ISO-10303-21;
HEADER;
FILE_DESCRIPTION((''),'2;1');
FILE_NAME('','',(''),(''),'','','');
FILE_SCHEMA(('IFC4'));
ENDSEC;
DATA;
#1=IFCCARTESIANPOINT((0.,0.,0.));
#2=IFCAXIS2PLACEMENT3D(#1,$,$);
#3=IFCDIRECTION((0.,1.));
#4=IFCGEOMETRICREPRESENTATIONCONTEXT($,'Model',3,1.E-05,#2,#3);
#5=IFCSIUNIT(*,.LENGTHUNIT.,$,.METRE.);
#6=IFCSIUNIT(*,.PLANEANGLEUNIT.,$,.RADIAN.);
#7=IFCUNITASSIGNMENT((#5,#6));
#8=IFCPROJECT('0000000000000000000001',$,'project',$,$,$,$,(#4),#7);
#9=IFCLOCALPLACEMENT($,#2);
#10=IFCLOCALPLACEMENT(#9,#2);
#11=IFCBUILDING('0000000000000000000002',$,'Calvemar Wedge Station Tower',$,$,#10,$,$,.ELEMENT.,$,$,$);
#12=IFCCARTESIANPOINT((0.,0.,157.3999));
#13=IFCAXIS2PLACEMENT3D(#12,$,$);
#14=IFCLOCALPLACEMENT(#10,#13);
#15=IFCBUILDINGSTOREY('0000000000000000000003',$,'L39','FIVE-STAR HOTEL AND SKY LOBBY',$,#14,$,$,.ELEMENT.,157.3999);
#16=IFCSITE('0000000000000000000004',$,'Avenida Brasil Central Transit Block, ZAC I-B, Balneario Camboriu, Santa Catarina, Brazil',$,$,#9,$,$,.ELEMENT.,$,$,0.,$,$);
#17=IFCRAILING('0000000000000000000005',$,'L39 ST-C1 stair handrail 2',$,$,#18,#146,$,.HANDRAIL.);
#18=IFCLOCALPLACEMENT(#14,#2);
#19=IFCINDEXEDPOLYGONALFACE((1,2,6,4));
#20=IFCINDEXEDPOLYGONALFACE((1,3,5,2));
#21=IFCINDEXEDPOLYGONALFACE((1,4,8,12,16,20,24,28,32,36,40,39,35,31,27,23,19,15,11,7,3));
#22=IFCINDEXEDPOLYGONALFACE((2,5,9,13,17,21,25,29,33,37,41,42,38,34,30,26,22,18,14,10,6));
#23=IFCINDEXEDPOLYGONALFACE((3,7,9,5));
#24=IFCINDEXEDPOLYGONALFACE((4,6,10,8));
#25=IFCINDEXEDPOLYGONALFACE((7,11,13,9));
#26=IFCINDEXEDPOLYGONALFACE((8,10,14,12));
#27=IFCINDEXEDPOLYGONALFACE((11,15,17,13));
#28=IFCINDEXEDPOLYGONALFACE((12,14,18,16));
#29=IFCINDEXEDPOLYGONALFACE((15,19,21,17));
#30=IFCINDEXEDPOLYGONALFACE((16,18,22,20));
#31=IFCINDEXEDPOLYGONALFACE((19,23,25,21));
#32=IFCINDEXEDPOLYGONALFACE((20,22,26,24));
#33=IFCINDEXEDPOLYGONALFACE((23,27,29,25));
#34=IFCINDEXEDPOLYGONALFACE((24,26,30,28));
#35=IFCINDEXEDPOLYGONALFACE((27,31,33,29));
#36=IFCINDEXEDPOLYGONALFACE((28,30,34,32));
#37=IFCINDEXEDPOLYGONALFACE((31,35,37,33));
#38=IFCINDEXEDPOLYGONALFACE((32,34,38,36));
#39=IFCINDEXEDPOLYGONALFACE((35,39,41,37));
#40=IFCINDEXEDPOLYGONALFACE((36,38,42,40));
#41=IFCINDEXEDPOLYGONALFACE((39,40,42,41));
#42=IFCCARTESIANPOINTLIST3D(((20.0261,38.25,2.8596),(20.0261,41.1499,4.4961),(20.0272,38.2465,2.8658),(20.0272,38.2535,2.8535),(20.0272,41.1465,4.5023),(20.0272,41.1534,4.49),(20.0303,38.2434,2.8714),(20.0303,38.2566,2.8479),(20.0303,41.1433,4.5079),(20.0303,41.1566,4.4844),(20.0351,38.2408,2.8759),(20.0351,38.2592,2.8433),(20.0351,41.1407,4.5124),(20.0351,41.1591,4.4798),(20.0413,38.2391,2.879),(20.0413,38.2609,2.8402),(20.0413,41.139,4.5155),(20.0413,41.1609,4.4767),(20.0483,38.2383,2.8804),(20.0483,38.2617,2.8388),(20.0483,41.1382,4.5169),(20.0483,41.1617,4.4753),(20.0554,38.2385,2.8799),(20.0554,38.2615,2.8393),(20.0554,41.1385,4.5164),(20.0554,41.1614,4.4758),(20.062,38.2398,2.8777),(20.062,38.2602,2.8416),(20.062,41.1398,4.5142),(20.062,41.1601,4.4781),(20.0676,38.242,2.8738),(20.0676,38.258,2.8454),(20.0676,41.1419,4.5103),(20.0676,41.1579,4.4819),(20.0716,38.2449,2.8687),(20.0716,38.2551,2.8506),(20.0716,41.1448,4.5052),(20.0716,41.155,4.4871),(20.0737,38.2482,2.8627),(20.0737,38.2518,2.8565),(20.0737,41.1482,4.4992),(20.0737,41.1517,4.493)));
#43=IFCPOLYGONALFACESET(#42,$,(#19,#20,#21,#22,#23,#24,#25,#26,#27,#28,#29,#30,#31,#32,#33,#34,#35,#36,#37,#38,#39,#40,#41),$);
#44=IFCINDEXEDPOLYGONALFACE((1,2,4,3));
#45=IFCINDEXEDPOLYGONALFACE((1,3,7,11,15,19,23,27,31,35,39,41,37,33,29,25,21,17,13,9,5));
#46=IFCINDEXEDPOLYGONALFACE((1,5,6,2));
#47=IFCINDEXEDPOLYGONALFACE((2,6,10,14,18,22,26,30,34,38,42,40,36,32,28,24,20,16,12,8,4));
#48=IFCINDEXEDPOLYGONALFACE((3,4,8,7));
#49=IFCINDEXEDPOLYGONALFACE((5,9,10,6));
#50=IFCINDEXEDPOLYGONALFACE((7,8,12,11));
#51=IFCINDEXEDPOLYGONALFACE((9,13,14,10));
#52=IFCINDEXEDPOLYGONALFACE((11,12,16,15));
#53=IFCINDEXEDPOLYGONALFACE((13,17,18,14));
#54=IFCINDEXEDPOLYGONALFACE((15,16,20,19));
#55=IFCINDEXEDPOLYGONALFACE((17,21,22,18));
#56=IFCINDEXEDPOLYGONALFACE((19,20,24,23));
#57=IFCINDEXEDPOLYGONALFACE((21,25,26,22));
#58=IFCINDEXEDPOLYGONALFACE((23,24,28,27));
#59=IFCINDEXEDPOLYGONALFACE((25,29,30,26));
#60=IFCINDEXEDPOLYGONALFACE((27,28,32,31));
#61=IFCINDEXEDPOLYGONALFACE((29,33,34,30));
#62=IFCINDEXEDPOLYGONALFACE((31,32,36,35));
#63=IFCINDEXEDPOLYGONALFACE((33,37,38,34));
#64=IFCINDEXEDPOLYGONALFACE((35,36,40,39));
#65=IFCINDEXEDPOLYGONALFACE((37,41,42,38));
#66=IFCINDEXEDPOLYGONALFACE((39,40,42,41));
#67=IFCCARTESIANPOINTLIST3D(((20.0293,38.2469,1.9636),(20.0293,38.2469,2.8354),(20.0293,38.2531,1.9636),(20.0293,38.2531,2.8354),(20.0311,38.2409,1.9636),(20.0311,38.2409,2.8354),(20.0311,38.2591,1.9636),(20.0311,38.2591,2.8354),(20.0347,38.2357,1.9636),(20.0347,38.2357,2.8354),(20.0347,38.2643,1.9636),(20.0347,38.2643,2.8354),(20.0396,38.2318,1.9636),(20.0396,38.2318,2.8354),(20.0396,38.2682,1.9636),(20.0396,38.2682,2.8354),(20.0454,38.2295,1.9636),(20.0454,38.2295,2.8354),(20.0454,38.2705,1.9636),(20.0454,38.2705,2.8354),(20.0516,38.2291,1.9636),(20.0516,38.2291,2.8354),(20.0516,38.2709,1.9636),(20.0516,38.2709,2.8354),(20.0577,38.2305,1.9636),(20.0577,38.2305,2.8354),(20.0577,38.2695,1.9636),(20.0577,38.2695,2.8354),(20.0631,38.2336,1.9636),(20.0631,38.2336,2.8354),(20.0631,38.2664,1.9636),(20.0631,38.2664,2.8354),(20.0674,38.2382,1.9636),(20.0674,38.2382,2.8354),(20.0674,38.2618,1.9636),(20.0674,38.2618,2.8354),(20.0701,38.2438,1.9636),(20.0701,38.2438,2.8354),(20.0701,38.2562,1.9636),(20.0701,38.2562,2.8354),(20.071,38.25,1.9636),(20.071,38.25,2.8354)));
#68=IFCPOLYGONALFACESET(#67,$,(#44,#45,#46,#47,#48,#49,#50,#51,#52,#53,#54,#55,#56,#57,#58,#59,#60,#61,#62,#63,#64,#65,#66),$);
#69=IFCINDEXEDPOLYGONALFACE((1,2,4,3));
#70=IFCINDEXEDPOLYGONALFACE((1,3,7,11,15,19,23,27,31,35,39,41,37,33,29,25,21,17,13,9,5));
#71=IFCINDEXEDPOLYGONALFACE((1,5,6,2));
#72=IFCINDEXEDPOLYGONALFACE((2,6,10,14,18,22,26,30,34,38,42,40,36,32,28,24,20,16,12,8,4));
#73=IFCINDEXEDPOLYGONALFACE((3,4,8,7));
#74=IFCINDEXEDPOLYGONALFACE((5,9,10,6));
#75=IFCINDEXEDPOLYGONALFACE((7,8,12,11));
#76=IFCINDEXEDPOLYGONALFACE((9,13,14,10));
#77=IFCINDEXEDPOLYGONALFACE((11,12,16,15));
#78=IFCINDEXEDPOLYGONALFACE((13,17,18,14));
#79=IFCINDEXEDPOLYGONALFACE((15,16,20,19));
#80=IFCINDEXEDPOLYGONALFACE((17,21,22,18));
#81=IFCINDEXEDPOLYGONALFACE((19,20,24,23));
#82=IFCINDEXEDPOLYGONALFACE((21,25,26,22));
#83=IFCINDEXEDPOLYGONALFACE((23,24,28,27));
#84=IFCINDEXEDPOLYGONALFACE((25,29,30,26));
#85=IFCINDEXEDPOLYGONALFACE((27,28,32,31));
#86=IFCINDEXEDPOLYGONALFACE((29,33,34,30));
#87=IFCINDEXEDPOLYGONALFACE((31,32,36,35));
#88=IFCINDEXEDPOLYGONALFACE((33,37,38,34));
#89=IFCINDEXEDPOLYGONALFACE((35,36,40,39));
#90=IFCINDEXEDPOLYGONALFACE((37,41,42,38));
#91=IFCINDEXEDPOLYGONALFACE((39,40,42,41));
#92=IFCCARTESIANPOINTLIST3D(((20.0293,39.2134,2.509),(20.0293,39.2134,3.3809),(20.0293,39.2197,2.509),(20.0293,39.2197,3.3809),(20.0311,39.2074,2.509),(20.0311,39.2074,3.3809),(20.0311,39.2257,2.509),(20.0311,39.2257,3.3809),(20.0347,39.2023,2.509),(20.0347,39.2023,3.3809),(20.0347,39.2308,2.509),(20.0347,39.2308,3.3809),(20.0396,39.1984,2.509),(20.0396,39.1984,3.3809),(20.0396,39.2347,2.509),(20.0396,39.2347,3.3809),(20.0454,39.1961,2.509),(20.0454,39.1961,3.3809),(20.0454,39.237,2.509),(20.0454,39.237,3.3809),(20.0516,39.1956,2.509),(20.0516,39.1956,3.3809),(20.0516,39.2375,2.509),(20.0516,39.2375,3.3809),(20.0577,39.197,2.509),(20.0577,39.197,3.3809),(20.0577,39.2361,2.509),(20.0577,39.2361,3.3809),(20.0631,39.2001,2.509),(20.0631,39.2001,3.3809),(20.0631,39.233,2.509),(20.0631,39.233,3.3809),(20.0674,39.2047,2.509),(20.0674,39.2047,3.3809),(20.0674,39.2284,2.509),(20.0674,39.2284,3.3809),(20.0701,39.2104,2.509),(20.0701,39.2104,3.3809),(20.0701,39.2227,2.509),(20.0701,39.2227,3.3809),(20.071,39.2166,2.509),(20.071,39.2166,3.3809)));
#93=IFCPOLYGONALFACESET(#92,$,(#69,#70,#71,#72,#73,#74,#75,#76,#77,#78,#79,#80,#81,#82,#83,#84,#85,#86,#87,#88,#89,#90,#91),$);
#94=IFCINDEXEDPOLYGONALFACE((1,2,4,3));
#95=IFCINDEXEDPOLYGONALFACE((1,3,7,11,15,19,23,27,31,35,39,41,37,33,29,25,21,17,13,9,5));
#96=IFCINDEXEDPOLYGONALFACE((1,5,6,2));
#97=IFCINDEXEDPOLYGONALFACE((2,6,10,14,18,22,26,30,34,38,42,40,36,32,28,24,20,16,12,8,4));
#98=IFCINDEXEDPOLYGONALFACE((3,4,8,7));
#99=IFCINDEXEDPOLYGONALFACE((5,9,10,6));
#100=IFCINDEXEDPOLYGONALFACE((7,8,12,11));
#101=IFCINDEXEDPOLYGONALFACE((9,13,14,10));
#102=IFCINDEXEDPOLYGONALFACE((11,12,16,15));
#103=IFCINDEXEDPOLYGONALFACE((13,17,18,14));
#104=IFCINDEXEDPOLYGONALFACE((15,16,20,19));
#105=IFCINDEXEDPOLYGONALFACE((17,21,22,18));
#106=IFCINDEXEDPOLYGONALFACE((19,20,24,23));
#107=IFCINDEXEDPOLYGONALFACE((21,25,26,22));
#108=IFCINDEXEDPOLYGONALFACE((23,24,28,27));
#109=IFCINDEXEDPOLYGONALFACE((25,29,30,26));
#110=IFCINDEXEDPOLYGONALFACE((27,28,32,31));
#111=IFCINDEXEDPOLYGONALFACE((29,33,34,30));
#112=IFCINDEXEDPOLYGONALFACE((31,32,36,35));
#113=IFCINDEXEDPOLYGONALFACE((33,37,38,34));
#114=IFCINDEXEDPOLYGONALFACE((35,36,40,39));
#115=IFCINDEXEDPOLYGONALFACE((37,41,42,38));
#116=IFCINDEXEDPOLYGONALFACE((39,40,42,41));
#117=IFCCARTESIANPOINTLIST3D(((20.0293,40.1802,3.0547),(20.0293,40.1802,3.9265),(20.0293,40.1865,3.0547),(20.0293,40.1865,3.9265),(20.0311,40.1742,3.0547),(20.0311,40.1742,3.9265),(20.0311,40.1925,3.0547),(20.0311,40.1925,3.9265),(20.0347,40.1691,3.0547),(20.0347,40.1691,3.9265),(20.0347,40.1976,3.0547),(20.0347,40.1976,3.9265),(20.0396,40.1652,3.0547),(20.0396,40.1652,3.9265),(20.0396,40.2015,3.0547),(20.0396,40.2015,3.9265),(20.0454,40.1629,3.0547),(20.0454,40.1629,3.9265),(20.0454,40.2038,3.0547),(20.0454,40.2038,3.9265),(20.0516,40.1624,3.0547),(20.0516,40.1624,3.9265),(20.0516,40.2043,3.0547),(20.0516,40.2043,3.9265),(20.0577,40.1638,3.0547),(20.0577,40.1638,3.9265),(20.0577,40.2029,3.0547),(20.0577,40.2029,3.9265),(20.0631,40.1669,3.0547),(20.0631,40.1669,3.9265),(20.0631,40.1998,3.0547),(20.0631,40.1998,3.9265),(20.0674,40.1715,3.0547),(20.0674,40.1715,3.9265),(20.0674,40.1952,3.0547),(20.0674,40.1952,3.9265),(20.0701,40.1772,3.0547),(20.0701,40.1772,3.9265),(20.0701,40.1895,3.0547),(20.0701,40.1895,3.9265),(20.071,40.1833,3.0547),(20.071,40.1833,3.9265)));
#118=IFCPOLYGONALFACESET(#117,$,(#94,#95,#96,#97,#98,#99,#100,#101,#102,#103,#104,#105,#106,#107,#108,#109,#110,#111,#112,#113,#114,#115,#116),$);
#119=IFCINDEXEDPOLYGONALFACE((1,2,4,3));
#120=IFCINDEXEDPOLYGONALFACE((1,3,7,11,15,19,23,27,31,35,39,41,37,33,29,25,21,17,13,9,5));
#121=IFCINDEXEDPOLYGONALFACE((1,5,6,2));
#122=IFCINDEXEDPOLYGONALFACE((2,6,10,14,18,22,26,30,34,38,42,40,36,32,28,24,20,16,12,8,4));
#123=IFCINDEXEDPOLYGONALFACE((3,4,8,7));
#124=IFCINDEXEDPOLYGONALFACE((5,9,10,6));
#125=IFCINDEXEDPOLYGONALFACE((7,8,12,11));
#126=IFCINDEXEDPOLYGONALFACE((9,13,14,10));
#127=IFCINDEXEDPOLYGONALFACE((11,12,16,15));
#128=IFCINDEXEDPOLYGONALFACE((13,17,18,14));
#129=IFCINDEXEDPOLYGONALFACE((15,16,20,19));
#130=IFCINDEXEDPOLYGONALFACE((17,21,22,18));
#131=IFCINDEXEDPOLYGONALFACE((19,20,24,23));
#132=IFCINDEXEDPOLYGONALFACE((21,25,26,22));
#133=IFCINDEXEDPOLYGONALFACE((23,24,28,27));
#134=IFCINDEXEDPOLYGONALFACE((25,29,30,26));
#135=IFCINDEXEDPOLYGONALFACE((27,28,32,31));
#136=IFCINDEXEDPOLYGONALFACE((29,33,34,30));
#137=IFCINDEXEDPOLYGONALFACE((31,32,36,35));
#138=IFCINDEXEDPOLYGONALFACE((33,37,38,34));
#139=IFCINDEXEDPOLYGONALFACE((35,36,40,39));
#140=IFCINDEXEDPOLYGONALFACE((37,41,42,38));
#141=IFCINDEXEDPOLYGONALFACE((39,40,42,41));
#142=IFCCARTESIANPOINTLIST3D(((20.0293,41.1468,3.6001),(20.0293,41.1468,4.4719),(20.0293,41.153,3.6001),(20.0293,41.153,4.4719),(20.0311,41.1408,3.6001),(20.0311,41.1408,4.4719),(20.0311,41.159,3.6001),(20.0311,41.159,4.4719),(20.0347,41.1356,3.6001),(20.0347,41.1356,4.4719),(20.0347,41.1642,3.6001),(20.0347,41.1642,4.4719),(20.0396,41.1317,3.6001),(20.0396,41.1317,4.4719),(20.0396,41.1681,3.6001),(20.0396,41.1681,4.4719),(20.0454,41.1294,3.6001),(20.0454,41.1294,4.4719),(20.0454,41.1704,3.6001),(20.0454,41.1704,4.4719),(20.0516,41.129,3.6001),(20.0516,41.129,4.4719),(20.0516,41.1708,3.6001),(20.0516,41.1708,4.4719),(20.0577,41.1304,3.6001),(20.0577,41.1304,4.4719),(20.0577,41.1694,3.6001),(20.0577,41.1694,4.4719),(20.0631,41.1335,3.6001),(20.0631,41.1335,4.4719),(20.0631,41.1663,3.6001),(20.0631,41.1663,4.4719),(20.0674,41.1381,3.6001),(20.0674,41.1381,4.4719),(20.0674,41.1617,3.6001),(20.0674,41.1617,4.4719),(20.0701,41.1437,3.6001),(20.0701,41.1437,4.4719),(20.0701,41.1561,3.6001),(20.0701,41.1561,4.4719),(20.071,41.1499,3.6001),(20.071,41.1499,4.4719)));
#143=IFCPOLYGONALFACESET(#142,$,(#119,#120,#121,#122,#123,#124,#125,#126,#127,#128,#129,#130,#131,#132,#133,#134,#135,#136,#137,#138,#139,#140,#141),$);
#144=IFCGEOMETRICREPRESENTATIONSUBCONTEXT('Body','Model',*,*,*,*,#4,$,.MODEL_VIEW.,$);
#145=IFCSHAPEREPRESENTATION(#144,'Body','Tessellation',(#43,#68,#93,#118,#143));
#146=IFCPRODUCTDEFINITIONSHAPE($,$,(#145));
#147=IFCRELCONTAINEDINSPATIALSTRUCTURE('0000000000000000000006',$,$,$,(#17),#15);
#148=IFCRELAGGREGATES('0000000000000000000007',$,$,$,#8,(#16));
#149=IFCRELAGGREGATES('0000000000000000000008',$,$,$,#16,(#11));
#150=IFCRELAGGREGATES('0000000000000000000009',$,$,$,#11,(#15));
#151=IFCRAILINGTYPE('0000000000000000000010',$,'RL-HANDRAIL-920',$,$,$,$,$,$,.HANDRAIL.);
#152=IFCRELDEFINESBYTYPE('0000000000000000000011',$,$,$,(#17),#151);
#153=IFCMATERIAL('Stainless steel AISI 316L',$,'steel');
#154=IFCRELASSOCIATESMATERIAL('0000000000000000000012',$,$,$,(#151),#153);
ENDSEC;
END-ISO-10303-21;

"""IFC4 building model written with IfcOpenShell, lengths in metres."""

from ifc_helpers import new_model, si_unit, direction, frame, origin, origin_2d, place, context, subcontext, project, spatial, circle, extrude, material, type_object, element, save


model = new_model("IFC4")

# Units and contexts
model_context = context("Model", 3, precision=1e-05, world=origin(), true_north=direction((0.0, 1.0)))
body_context = subcontext(model_context, "Body", "Model", "MODEL_VIEW")
ifc_project = project(units=[si_unit("LENGTHUNIT", "METRE"), si_unit("PLANEANGLEUNIT", "RADIAN")], contexts=[model_context])

# Site, building, storey
site_placement = place(None, origin())
site = spatial("IfcSite", under=ifc_project, at=site_placement, Name="Avenida Brasil Central Transit Block, ZAC I-B, Balneario Camboriu, Santa Catarina, Brazil", CompositionType="ELEMENT", RefElevation=0.0)
building_placement = place(site_placement, origin())
building = spatial("IfcBuilding", under=site, at=building_placement, Name="Calvemar Wedge Station Tower", CompositionType="ELEMENT")
storey_placement = place(building_placement, frame((0.0, 0.0, 157.3999)))
storey = spatial("IfcBuildingStorey", under=building, at=storey_placement, Name="L39", Description="FIVE-STAR HOTEL AND SKY LOBBY", CompositionType="ELEMENT", Elevation=157.3999)

# Railing
ifc_material_1 = material(Name="Stainless steel AISI 316L", Category="steel")
railing_type_1 = type_object("IfcRailingType", Name="RL-HANDRAIL-920", PredefinedType="HANDRAIL", material=ifc_material_1)
railing_1_placement = place(storey_placement, frame((20.05, 38.25, 1.9636)))
element("IfcRailing", 1, at=railing_1_placement, inside=storey, type_object=railing_type_1, Name="L39 ST-C1 stair handrail 2", PredefinedType="HANDRAIL", context=body_context, shape_type="SweptSolid", body=[
    extrude(circle(Radius=0.0239, at=origin_2d()), frame((0.0, 0.0, 0.896), z_axis=(0.0, 0.870897, 0.491465), x_axis=(-1.0, 0.0, 0.0)), (0.0, 0.0, 1.0), 3.3298),
    extrude(circle(Radius=0.021, at=origin_2d()), origin(), (0.0, 0.0, 1.0), 0.8718),
    extrude(circle(Radius=0.021, at=origin_2d()), frame((0.0, 0.9666, 0.5454)), (0.0, 0.0, 1.0), 0.8718),
    extrude(circle(Radius=0.021, at=origin_2d()), frame((0.0, 1.9333, 1.0911)), (0.0, 0.0, 1.0), 0.8718),
    extrude(circle(Radius=0.021, at=origin_2d()), frame((0.0, 2.8999, 1.6365)), (0.0, 0.0, 1.0), 0.8718),
])

save(model, "model.ifc")
